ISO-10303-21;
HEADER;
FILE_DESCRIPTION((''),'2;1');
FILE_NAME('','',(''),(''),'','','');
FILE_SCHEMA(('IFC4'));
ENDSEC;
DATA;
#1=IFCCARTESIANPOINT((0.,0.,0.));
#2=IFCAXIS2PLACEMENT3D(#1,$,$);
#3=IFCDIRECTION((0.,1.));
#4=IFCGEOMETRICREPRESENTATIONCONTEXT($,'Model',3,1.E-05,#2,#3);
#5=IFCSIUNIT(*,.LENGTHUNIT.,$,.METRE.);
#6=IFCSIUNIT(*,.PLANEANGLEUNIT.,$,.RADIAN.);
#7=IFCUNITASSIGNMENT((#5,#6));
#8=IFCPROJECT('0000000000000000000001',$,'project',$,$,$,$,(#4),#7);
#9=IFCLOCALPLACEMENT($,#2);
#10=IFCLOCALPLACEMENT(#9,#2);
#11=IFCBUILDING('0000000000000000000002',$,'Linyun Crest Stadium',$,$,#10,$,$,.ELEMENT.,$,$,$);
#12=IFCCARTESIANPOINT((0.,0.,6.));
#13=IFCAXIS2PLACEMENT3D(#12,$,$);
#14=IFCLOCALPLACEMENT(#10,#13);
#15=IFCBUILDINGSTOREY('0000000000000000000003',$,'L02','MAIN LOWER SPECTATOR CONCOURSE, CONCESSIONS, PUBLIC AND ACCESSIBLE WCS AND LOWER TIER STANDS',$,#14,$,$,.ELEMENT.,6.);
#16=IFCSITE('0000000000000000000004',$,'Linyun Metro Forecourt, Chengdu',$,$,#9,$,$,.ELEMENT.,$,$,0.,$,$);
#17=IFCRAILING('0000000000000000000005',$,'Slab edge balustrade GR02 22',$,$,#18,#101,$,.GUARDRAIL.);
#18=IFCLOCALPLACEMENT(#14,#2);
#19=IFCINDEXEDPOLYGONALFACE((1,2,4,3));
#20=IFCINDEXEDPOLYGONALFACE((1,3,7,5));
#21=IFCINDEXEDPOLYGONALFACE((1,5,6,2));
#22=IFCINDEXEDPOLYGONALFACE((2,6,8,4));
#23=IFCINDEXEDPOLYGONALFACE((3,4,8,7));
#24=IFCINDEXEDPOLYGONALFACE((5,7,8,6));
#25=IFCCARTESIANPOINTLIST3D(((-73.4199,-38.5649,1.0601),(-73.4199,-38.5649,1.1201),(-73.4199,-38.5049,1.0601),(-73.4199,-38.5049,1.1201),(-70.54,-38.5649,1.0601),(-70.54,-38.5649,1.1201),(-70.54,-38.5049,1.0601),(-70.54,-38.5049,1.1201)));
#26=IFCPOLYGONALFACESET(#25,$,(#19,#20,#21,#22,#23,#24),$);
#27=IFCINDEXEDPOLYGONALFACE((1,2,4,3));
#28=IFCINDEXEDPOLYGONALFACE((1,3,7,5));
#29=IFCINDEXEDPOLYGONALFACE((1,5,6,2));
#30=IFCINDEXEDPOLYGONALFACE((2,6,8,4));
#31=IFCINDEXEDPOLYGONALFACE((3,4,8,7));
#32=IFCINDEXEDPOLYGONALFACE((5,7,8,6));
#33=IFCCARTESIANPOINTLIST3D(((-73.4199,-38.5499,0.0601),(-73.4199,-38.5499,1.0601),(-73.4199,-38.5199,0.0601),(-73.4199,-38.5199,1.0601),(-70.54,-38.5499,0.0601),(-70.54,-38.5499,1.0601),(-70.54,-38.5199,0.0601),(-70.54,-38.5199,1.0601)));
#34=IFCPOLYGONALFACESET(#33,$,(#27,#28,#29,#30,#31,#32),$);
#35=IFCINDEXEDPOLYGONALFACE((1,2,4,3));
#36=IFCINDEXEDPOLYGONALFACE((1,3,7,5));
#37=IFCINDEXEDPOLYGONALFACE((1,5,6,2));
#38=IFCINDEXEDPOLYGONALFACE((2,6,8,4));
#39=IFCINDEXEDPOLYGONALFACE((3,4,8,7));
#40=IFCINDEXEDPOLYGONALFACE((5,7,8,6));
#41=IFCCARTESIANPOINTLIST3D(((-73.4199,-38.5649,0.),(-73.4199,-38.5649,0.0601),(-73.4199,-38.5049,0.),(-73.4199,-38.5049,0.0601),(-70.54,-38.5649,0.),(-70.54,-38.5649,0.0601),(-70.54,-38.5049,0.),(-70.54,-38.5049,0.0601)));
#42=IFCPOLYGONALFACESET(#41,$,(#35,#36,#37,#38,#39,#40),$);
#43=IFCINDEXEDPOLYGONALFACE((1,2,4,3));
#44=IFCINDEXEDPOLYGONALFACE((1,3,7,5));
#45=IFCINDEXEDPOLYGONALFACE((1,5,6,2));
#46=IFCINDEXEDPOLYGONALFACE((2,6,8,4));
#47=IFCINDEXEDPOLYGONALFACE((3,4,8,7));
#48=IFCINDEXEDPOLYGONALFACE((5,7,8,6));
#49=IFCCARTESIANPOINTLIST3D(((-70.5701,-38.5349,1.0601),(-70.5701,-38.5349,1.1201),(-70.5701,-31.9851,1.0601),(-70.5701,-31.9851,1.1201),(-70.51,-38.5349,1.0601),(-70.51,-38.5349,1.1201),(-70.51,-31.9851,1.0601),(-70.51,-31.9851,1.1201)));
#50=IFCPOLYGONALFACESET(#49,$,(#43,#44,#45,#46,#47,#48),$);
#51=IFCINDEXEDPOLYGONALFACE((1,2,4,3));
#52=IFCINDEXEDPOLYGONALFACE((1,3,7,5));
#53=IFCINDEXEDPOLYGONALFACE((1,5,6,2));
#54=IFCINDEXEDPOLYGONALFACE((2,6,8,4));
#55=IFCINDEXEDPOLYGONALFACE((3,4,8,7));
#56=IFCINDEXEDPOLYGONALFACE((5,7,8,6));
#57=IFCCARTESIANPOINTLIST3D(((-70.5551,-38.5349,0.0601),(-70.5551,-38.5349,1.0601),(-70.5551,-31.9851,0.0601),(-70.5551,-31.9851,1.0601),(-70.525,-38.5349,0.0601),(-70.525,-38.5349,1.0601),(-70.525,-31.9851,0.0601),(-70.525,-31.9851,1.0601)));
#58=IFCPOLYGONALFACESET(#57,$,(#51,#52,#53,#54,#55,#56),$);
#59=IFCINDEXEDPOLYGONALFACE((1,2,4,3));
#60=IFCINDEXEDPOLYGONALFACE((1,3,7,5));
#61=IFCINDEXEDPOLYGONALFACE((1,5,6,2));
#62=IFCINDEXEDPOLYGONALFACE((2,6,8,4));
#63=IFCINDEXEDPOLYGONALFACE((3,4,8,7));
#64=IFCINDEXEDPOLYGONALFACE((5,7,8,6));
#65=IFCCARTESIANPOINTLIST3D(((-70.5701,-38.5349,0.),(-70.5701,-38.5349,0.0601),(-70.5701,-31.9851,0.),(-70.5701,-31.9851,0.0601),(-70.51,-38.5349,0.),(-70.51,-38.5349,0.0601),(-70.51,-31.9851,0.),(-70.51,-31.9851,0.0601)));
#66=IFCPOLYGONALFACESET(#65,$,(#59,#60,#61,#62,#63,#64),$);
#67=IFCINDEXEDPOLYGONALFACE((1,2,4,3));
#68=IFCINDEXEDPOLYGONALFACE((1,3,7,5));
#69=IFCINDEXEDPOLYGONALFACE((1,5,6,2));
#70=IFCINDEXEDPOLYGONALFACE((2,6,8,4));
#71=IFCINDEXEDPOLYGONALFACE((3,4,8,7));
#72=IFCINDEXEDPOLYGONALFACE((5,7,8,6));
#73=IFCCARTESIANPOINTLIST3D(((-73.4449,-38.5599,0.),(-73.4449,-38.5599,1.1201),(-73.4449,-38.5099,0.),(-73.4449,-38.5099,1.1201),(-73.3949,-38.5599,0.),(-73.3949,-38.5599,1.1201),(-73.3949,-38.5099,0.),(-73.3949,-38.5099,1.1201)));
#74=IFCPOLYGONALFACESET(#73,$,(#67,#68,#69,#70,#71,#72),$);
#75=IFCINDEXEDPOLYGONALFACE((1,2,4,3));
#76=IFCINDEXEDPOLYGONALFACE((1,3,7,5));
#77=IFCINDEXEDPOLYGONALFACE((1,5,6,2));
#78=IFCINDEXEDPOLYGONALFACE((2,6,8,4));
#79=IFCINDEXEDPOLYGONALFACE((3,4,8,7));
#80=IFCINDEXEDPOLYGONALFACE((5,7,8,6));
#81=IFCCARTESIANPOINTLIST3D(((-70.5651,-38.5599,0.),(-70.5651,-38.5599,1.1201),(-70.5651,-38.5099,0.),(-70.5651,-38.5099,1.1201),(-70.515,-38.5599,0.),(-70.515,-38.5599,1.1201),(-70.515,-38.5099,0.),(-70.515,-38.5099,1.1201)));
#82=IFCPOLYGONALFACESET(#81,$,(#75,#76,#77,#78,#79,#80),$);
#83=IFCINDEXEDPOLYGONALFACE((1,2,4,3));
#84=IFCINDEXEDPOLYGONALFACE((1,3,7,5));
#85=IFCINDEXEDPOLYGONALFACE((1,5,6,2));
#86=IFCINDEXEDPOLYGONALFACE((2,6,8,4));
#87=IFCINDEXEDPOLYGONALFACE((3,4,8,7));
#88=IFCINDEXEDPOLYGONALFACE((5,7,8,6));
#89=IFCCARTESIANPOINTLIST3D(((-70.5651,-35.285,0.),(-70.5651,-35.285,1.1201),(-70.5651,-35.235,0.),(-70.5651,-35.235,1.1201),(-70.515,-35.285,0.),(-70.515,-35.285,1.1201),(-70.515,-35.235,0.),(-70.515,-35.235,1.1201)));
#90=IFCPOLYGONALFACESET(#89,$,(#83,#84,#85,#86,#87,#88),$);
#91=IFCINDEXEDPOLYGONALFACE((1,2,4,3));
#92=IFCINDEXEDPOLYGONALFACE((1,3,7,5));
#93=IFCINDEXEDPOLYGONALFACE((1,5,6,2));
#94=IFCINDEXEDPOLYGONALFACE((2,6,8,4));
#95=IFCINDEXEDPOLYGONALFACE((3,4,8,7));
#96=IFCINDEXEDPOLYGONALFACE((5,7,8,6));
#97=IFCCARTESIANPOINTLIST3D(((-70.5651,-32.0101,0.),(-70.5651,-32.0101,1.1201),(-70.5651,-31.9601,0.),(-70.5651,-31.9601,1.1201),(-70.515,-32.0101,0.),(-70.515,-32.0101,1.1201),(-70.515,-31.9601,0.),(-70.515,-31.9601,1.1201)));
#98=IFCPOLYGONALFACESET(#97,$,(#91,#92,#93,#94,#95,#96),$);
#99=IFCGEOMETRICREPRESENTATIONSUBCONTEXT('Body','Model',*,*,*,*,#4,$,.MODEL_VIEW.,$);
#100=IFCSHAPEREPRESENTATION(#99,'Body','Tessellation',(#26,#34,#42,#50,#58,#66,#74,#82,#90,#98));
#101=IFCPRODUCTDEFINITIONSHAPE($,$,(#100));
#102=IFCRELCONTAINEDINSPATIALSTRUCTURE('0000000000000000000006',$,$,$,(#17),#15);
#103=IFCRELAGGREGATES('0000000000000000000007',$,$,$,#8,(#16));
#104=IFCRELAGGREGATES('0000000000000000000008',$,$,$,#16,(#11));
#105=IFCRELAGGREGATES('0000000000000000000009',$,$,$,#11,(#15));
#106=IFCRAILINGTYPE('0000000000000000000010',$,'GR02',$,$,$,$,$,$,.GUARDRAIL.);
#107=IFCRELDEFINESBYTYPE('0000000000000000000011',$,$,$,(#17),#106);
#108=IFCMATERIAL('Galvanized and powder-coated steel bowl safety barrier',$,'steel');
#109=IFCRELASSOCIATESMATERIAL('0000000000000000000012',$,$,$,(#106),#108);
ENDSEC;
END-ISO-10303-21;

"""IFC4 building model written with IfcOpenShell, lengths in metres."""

from ifc_helpers import new_model, si_unit, direction, frame, origin, origin_2d, place, context, subcontext, project, spatial, rectangle, extrude, material, type_object, element, save


model = new_model("IFC4")

# Units and contexts
model_context = context("Model", 3, precision=1e-05, world=origin(), true_north=direction((0.0, 1.0)))
body_context = subcontext(model_context, "Body", "Model", "MODEL_VIEW")
ifc_project = project(units=[si_unit("LENGTHUNIT", "METRE"), si_unit("PLANEANGLEUNIT", "RADIAN")], contexts=[model_context])

# Site, building, storey
site_placement = place(None, origin())
site = spatial("IfcSite", under=ifc_project, at=site_placement, Name="Linyun Metro Forecourt, Chengdu", CompositionType="ELEMENT", RefElevation=0.0)
building_placement = place(site_placement, origin())
building = spatial("IfcBuilding", under=site, at=building_placement, Name="Linyun Crest Stadium", CompositionType="ELEMENT")
storey_placement = place(building_placement, frame((0.0, 0.0, 6.0)))
storey = spatial("IfcBuildingStorey", under=building, at=storey_placement, Name="L02", Description="MAIN LOWER SPECTATOR CONCOURSE, CONCESSIONS, PUBLIC AND ACCESSIBLE WCS AND LOWER TIER STANDS", CompositionType="ELEMENT", Elevation=6.0)

# Railing
ifc_material_1 = material(Name="Galvanized and powder-coated steel bowl safety barrier", Category="steel")
railing_type = type_object("IfcRailingType", Name="GR02", PredefinedType="GUARDRAIL", material=ifc_material_1)
railing_1_placement = place(storey_placement, frame((-73.4199, -38.5349, 0.0)))
element("IfcRailing", 1, at=railing_1_placement, inside=storey, type_object=railing_type, Name="Slab edge balustrade GR02 22", PredefinedType="GUARDRAIL", context=body_context, shape_type="SweptSolid", body=[
    extrude(rectangle(XDim=0.0601, YDim=0.0601, at=origin_2d()), frame((0.0, 0.0, 1.0901), z_axis=(1.0, 0.0, 0.0), x_axis=(0.0, 1.0, 0.0)), (0.0, 0.0, 1.0), 2.8799),
    extrude(rectangle(XDim=0.03, YDim=1.0, at=origin_2d()), frame((0.0, 0.0, 0.5601), z_axis=(1.0, 0.0, 0.0), x_axis=(0.0, 1.0, 0.0)), (0.0, 0.0, 1.0), 2.8799),
    extrude(rectangle(XDim=0.0601, YDim=0.0601, at=origin_2d()), frame((0.0, 0.0, 0.03), z_axis=(1.0, 0.0, 0.0), x_axis=(0.0, 1.0, 0.0)), (0.0, 0.0, 1.0), 2.8799),
    extrude(rectangle(XDim=0.0601, YDim=0.0601, at=origin_2d()), frame((2.8799, 0.0, 1.0901), z_axis=(0.0, 1.0, 0.0), x_axis=(-1.0, 0.0, 0.0)), (0.0, 0.0, 1.0), 6.5498),
    extrude(rectangle(XDim=0.03, YDim=1.0, at=origin_2d()), frame((2.8799, 0.0, 0.5601), z_axis=(0.0, 1.0, 0.0), x_axis=(-1.0, 0.0, 0.0)), (0.0, 0.0, 1.0), 6.5498),
    extrude(rectangle(XDim=0.0601, YDim=0.0601, at=origin_2d()), frame((2.8799, 0.0, 0.03), z_axis=(0.0, 1.0, 0.0), x_axis=(-1.0, 0.0, 0.0)), (0.0, 0.0, 1.0), 6.5498),
    extrude(rectangle(XDim=0.05, YDim=0.05, at=origin_2d()), origin(), (0.0, 0.0, 1.0), 1.1201),
    extrude(rectangle(XDim=0.05, YDim=0.05, at=origin_2d()), frame((2.8799, 0.0, 0.0)), (0.0, 0.0, 1.0), 1.1201),
    extrude(rectangle(XDim=0.05, YDim=0.05, at=origin_2d()), frame((2.8799, 3.2749, 0.0)), (0.0, 0.0, 1.0), 1.1201),
    extrude(rectangle(XDim=0.05, YDim=0.05, at=origin_2d()), frame((2.8799, 6.5498, 0.0)), (0.0, 0.0, 1.0), 1.1201),
])

save(model, "model.ifc")
